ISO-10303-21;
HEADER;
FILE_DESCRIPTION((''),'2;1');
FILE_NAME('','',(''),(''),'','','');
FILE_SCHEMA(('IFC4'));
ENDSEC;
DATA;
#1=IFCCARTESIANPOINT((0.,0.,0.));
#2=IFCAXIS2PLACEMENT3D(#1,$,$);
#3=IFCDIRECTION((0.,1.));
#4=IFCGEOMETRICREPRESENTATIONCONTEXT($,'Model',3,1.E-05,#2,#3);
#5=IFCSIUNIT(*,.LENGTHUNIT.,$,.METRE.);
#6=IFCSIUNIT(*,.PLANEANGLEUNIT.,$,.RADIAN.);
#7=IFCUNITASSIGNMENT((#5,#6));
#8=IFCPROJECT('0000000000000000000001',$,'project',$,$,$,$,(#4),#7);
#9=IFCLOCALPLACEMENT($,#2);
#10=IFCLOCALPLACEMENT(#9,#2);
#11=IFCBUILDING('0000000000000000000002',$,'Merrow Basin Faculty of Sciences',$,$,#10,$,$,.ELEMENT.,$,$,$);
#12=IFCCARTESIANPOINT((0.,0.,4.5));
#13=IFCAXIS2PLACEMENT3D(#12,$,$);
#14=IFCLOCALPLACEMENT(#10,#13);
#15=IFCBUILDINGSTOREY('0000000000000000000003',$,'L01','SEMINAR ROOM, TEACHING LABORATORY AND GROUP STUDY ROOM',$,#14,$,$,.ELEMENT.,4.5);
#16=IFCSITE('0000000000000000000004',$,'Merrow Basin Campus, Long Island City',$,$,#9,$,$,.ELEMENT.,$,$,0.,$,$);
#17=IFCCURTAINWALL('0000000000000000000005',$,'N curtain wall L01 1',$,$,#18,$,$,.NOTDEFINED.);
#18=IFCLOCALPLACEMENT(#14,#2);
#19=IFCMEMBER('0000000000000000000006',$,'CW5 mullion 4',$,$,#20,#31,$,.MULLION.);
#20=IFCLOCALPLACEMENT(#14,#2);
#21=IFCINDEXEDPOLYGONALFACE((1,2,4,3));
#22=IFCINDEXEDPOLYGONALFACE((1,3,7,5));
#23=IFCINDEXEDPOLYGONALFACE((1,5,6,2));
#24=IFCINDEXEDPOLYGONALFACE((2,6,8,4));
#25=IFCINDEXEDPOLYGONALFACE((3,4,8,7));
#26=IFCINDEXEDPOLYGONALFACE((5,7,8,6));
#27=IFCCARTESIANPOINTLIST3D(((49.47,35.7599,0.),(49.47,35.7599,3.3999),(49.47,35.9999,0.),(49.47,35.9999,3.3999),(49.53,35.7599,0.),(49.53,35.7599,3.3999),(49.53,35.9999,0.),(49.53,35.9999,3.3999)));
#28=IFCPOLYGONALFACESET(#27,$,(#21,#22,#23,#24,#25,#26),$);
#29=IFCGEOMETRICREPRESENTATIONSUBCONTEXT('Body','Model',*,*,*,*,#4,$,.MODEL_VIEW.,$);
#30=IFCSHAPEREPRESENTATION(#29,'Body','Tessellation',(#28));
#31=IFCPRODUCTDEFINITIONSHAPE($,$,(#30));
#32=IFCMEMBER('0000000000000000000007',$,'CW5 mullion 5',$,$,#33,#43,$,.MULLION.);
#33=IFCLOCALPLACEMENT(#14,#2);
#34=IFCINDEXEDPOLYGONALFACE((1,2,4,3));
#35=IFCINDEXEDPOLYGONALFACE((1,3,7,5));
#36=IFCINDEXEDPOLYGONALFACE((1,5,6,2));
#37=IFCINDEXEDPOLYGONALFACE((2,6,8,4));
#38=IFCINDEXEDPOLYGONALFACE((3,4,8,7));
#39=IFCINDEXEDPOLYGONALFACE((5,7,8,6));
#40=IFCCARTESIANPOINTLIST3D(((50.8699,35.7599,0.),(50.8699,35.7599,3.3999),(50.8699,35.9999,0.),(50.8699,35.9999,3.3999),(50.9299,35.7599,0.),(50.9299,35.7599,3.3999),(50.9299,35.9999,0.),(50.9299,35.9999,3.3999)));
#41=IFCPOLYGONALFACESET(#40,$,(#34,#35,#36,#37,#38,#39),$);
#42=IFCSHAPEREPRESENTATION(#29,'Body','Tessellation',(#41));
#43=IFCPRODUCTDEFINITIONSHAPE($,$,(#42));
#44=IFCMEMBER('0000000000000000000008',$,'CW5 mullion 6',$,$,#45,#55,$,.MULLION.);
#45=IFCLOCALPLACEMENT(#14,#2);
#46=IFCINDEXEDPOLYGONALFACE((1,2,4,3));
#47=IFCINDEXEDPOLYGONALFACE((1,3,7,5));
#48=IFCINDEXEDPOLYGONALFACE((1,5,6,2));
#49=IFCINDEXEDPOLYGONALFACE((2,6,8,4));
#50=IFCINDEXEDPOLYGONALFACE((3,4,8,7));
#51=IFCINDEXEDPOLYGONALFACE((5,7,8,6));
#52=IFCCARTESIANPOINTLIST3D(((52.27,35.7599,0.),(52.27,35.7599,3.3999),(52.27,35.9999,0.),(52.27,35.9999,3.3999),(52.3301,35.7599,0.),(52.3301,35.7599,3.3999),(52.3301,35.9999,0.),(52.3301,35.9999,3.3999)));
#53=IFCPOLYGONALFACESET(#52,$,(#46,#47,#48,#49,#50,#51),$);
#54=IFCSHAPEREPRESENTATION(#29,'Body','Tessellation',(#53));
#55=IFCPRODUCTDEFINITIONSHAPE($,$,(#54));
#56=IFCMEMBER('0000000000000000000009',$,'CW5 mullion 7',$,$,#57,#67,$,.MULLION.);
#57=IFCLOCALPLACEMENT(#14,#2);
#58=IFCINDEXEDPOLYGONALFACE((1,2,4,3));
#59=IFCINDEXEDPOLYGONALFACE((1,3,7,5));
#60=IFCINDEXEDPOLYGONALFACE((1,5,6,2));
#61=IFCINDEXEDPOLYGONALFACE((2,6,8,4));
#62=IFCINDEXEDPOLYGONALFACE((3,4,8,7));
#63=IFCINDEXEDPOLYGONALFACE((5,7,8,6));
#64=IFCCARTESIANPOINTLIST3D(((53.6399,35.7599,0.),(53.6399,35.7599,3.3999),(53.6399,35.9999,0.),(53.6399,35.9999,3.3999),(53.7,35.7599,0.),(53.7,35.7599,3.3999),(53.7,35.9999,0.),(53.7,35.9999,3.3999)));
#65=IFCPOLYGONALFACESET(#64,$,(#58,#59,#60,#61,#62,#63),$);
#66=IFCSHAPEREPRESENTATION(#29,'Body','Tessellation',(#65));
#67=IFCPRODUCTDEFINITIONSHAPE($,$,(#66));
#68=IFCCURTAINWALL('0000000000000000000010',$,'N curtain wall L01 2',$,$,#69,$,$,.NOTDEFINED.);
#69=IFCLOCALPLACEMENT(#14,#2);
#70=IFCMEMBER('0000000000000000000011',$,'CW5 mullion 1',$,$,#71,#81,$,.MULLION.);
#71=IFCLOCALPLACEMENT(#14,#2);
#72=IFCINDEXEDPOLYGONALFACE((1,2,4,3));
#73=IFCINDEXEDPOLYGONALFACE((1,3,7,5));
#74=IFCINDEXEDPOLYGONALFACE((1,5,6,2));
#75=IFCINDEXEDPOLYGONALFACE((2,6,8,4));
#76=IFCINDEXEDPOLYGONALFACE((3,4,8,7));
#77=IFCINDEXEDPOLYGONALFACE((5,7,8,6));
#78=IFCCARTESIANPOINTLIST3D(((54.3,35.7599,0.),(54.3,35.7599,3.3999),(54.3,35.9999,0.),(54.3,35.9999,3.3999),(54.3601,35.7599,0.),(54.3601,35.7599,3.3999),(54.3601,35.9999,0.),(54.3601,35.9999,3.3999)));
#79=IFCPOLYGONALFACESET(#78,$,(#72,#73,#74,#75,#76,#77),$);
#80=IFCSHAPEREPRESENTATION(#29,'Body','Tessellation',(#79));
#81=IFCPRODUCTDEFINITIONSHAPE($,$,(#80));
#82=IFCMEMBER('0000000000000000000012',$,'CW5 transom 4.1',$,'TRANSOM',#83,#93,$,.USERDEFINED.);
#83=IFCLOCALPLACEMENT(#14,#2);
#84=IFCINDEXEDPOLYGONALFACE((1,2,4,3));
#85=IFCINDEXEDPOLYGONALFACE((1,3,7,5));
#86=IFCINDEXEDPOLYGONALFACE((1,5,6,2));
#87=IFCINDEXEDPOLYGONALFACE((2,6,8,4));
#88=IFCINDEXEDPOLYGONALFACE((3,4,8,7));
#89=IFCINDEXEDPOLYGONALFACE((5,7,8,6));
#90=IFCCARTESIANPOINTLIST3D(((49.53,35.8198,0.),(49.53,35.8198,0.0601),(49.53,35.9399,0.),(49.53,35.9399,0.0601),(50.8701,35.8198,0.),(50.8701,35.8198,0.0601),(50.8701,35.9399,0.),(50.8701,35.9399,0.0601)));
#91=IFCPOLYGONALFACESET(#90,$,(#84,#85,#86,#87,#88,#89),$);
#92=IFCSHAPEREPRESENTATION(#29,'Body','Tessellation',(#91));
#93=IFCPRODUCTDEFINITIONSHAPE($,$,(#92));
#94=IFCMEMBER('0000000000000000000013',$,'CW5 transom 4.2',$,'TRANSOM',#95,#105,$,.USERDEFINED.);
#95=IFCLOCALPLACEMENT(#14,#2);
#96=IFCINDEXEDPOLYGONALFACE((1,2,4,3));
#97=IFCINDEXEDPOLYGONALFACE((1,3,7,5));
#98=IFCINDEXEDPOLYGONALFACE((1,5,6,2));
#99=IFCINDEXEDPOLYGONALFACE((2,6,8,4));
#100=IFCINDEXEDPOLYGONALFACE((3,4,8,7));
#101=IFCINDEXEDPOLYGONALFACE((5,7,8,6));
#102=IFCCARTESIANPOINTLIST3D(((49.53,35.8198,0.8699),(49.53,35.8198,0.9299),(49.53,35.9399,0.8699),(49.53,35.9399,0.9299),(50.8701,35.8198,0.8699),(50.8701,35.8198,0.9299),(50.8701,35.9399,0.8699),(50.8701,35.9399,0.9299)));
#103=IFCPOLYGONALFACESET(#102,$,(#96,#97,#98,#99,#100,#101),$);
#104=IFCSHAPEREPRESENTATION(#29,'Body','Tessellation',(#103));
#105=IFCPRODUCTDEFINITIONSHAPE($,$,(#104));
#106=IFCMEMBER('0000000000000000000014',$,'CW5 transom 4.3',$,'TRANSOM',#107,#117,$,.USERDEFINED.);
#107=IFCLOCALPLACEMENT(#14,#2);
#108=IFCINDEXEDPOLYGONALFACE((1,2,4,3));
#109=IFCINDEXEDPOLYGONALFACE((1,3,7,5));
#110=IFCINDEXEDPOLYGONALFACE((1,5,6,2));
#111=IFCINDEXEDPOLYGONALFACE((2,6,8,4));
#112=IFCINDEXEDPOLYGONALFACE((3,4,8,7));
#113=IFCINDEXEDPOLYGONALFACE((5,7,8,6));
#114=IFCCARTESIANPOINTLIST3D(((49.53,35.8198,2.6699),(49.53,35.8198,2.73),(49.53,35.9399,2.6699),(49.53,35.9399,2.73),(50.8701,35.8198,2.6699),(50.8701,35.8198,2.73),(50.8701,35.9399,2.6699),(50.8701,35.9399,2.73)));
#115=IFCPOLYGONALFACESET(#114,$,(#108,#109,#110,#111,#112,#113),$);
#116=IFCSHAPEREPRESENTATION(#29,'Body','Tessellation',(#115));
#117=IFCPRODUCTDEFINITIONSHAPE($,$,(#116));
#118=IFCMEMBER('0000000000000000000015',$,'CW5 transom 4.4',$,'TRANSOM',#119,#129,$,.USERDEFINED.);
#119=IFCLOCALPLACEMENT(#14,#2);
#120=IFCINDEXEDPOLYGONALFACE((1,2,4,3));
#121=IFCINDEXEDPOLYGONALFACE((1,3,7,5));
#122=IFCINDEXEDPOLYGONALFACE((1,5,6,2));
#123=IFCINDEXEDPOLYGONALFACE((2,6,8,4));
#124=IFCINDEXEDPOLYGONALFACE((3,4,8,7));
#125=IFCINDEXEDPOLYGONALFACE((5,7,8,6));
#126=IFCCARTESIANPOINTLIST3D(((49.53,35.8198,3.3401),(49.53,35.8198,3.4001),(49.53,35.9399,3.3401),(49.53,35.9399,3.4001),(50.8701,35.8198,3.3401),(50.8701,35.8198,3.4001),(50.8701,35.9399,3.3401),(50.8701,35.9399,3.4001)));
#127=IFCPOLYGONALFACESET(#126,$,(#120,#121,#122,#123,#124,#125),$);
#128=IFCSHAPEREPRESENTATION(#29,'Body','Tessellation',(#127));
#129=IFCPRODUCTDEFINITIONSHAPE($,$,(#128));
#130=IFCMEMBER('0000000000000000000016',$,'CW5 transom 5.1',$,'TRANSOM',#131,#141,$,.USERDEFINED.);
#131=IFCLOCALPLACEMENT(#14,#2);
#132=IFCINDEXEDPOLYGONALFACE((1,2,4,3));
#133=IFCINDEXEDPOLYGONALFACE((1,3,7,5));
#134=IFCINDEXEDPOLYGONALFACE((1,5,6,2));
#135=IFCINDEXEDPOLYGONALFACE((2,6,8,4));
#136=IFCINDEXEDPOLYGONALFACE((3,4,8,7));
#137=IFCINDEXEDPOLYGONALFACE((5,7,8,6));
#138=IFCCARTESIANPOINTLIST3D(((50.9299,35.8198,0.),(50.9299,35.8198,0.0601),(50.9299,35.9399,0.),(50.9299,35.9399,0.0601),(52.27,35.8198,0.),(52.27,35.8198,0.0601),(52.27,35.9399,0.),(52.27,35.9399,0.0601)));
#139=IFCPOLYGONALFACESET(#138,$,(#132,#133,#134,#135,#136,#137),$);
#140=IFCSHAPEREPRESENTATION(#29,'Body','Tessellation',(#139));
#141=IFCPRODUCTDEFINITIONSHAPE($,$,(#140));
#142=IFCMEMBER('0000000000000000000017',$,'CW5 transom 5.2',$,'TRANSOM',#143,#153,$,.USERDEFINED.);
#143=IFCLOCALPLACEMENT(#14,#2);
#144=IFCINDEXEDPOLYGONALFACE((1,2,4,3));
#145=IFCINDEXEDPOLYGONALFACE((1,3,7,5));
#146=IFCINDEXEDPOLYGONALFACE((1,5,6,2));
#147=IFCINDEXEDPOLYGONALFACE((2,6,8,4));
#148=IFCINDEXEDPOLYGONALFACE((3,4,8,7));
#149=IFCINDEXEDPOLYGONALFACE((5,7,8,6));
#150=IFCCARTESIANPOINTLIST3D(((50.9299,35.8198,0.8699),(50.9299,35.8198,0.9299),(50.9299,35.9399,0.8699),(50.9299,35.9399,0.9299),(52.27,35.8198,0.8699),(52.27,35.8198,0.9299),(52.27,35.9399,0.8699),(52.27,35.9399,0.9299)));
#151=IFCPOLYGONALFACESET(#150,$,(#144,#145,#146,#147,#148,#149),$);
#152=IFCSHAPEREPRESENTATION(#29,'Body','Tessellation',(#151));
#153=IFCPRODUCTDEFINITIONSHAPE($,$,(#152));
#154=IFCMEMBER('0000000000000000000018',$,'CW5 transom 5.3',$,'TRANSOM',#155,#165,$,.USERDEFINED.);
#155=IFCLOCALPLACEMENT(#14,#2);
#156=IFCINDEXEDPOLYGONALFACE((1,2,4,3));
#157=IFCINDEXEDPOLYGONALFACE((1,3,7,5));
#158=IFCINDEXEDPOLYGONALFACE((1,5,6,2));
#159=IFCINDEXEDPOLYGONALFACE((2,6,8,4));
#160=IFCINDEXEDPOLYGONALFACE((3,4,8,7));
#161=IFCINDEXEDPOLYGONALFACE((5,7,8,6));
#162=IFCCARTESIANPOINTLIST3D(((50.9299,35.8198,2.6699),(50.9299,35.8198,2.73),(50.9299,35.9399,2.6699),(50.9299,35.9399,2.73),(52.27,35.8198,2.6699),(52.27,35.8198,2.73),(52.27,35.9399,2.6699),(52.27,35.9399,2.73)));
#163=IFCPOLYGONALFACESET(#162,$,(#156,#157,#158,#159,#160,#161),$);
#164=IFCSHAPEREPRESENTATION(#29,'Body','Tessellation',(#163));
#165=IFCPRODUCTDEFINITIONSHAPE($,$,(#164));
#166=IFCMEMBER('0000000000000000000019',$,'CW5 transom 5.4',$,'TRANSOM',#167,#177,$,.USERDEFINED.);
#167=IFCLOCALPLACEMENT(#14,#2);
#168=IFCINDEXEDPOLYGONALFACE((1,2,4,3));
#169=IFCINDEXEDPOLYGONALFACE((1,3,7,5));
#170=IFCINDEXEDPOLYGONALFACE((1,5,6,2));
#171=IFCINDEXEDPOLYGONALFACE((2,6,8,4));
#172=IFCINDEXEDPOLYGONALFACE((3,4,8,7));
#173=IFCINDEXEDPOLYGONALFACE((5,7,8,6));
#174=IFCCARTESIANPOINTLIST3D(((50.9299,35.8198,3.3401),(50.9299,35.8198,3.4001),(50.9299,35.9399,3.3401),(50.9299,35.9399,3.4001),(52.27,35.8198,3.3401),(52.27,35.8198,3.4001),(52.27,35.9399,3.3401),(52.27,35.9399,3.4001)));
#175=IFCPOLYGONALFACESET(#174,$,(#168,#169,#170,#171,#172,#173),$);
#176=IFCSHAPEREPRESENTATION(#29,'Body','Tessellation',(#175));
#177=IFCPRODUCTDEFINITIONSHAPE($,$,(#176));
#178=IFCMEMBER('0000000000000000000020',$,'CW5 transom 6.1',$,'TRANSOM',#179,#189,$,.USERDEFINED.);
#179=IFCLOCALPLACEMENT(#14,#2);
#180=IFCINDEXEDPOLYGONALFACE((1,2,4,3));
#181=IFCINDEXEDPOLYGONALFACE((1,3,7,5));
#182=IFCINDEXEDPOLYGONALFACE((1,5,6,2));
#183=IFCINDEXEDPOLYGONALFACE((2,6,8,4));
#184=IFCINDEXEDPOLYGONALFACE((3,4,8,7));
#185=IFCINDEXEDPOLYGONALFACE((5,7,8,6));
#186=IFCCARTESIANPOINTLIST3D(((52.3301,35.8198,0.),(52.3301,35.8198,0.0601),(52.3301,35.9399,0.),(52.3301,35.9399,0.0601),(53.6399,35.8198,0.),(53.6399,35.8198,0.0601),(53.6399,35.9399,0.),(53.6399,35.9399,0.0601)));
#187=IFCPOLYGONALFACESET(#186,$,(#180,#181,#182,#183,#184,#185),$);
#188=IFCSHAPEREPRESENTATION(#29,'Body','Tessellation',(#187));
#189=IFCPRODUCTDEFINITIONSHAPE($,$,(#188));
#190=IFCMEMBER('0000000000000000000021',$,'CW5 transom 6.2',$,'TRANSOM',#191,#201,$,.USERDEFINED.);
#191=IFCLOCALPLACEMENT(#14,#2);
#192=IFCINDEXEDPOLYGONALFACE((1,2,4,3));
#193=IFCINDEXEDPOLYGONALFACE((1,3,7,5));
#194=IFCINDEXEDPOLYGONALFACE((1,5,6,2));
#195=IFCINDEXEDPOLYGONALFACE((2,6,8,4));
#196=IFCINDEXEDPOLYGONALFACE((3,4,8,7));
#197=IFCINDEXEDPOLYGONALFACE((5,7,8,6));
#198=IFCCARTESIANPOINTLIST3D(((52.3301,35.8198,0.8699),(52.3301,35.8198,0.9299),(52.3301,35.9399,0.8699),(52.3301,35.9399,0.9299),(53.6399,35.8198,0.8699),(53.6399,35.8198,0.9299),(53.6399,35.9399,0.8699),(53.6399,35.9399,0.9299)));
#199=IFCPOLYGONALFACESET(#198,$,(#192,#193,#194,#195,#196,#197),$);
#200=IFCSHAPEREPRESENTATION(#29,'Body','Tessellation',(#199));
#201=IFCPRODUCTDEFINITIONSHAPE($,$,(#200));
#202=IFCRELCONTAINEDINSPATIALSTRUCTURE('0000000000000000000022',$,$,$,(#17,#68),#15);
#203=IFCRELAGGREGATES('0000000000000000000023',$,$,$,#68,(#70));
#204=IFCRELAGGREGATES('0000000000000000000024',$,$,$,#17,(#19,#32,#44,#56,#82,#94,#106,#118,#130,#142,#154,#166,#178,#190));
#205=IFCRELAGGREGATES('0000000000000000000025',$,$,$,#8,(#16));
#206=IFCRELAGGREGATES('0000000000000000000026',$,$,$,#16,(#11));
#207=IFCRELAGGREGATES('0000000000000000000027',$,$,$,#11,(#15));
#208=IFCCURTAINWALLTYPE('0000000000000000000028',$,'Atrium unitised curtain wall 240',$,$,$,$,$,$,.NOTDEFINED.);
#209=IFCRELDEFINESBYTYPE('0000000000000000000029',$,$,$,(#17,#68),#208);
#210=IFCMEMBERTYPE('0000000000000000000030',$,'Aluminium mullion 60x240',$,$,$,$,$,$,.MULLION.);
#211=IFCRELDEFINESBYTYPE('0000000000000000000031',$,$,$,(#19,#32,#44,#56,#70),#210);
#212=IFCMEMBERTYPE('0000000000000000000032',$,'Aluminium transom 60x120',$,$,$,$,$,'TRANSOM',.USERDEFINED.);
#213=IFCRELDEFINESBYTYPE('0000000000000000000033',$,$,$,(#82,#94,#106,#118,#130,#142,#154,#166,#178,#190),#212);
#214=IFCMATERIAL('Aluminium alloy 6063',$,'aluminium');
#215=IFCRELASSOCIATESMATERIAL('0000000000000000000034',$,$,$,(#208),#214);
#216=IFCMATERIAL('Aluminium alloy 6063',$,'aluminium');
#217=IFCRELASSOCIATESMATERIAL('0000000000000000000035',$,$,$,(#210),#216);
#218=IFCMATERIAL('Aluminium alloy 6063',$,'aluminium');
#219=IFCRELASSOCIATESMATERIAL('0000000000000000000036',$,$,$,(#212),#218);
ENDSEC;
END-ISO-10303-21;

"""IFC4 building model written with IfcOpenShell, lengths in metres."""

from ifc_helpers import new_model, si_unit, direction, frame, origin, origin_2d, place, context, subcontext, project, spatial, rectangle, extrude, material, material_profile, profile_set, type_object, element, aggregate, save


model = new_model("IFC4")

# Units and contexts
model_context = context("Model", 3, precision=1e-05, world=origin(), true_north=direction((0.0, 1.0)))
body_context = subcontext(model_context, "Body", "Model", "MODEL_VIEW")
ifc_project = project(units=[si_unit("LENGTHUNIT", "METRE"), si_unit("PLANEANGLEUNIT", "RADIAN")], contexts=[model_context])

# Site, building, storey
site_placement = place(None, origin())
site = spatial("IfcSite", under=ifc_project, at=site_placement, Name="Merrow Basin Campus, Long Island City", CompositionType="ELEMENT", RefElevation=0.0)
building_placement = place(site_placement, origin())
building = spatial("IfcBuilding", under=site, at=building_placement, Name="Merrow Basin Faculty of Sciences", CompositionType="ELEMENT")
storey_placement = place(building_placement, frame((0.0, 0.0, 4.5)))
storey = spatial("IfcBuildingStorey", under=building, at=storey_placement, Name="L01", Description="SEMINAR ROOM, TEACHING LABORATORY AND GROUP STUDY ROOM", CompositionType="ELEMENT", Elevation=4.5)

# Curtain wall, members
ifc_material_1 = material(Name="Aluminium alloy 6063", Category="aluminium")
curtain_wall_type = type_object("IfcCurtainWallType", Name="Atrium unitised curtain wall 240", PredefinedType="NOTDEFINED", material=ifc_material_1)
curtain_wall_1_placement = place(storey_placement, origin())
curtain_wall_1 = element("IfcCurtainWall", 1, at=curtain_wall_1_placement, inside=storey, type_object=curtain_wall_type, Name="N curtain wall L01 1", PredefinedType="NOTDEFINED")
ifc_material_2 = material(Name="Aluminium alloy 6063", Category="aluminium")
ifc_material_profile_1 = material_profile(ifc_material_2, rectangle(XDim=0.24, YDim=0.0601, at=origin_2d()))
ifc_profile_set_1 = profile_set([ifc_material_profile_1], Name="Aluminium alloy 6063")
member_type_1 = type_object("IfcMemberType", Name="Aluminium mullion 60x240", PredefinedType="MULLION", material=ifc_profile_set_1)
member_1_placement = place(storey_placement, frame((49.5, 35.8799, 0.0), z_axis=(0.0, 0.0, 1.0), x_axis=(0.0, 1.0, 0.0)))
member_1 = element("IfcMember", 2, at=member_1_placement, type_object=member_type_1, Name="CW5 mullion 4", PredefinedType="MULLION", context=body_context, shape_type="SweptSolid", body=[
    extrude(rectangle(XDim=0.24, YDim=0.0601, at=origin_2d()), origin(), (0.0, 0.0, 1.0), 3.3999),
])
member_2_placement = place(storey_placement, frame((50.8999, 35.8799, 0.0), z_axis=(0.0, 0.0, 1.0), x_axis=(0.0, 1.0, 0.0)))
member_2 = element("IfcMember", 3, at=member_2_placement, type_object=member_type_1, Name="CW5 mullion 5", PredefinedType="MULLION", context=body_context, shape_type="SweptSolid", body=[
    extrude(rectangle(XDim=0.24, YDim=0.0601, at=origin_2d()), origin(), (0.0, 0.0, 1.0), 3.3999),
])
member_3_placement = place(storey_placement, frame((52.3, 35.8799, 0.0), z_axis=(0.0, 0.0, 1.0), x_axis=(0.0, 1.0, 0.0)))
member_3 = element("IfcMember", 4, at=member_3_placement, type_object=member_type_1, Name="CW5 mullion 6", PredefinedType="MULLION", context=body_context, shape_type="SweptSolid", body=[
    extrude(rectangle(XDim=0.24, YDim=0.0601, at=origin_2d()), origin(), (0.0, 0.0, 1.0), 3.3999),
])
member_4_placement = place(storey_placement, frame((53.6699, 35.8799, 0.0), z_axis=(0.0, 0.0, 1.0), x_axis=(0.0, 1.0, 0.0)))
member_4 = element("IfcMember", 5, at=member_4_placement, type_object=member_type_1, Name="CW5 mullion 7", PredefinedType="MULLION", context=body_context, shape_type="SweptSolid", body=[
    extrude(rectangle(XDim=0.24, YDim=0.0601, at=origin_2d()), origin(), (0.0, 0.0, 1.0), 3.3999),
])

# Curtain wall, member
curtain_wall_2_placement = place(storey_placement, origin())
curtain_wall_2 = element("IfcCurtainWall", 6, at=curtain_wall_2_placement, inside=storey, type_object=curtain_wall_type, Name="N curtain wall L01 2", PredefinedType="NOTDEFINED")
member_5_placement = place(storey_placement, frame((54.3301, 35.8799, 0.0), z_axis=(0.0, 0.0, 1.0), x_axis=(0.0, 1.0, 0.0)))
member_5 = element("IfcMember", 7, at=member_5_placement, type_object=member_type_1, Name="CW5 mullion 1", PredefinedType="MULLION", context=body_context, shape_type="SweptSolid", body=[
    extrude(rectangle(XDim=0.24, YDim=0.0601, at=origin_2d()), origin(), (0.0, 0.0, 1.0), 3.3999),
])

# Members
ifc_material_3 = material(Name="Aluminium alloy 6063", Category="aluminium")
ifc_material_profile_2 = material_profile(ifc_material_3, rectangle(XDim=0.1201, YDim=0.0601, at=origin_2d()))
ifc_profile_set_2 = profile_set([ifc_material_profile_2], Name="Aluminium alloy 6063")
member_type_2 = type_object("IfcMemberType", Name="Aluminium transom 60x120", ElementType="TRANSOM", PredefinedType="USERDEFINED", material=ifc_profile_set_2)
member_6_placement = place(storey_placement, frame((49.53, 35.8799, 0.03), z_axis=(1.0, 0.0, 0.0), x_axis=(0.0, 1.0, 0.0)))
member_6 = element("IfcMember", 8, at=member_6_placement, type_object=member_type_2, Name="CW5 transom 4.1", ObjectType="TRANSOM", PredefinedType="USERDEFINED", context=body_context, shape_type="SweptSolid", body=[
    extrude(rectangle(XDim=0.1201, YDim=0.0601, at=origin_2d()), origin(), (0.0, 0.0, 1.0), 1.3401),
])
member_7_placement = place(storey_placement, frame((49.53, 35.8799, 0.8999), z_axis=(1.0, 0.0, 0.0), x_axis=(0.0, 1.0, 0.0)))
member_7 = element("IfcMember", 9, at=member_7_placement, type_object=member_type_2, Name="CW5 transom 4.2", ObjectType="TRANSOM", PredefinedType="USERDEFINED", context=body_context, shape_type="SweptSolid", body=[
    extrude(rectangle(XDim=0.1201, YDim=0.0601, at=origin_2d()), origin(), (0.0, 0.0, 1.0), 1.3401),
])
member_8_placement = place(storey_placement, frame((49.53, 35.8799, 2.7), z_axis=(1.0, 0.0, 0.0), x_axis=(0.0, 1.0, 0.0)))
member_8 = element("IfcMember", 10, at=member_8_placement, type_object=member_type_2, Name="CW5 transom 4.3", ObjectType="TRANSOM", PredefinedType="USERDEFINED", context=body_context, shape_type="SweptSolid", body=[
    extrude(rectangle(XDim=0.1201, YDim=0.0601, at=origin_2d()), origin(), (0.0, 0.0, 1.0), 1.3401),
])
member_9_placement = place(storey_placement, frame((49.53, 35.8799, 3.3701), z_axis=(1.0, 0.0, 0.0), x_axis=(0.0, 1.0, 0.0)))
member_9 = element("IfcMember", 11, at=member_9_placement, type_object=member_type_2, Name="CW5 transom 4.4", ObjectType="TRANSOM", PredefinedType="USERDEFINED", context=body_context, shape_type="SweptSolid", body=[
    extrude(rectangle(XDim=0.1201, YDim=0.0601, at=origin_2d()), origin(), (0.0, 0.0, 1.0), 1.3401),
])
member_10_placement = place(storey_placement, frame((50.9299, 35.8799, 0.03), z_axis=(1.0, 0.0, 0.0), x_axis=(0.0, 1.0, 0.0)))
member_10 = element("IfcMember", 12, at=member_10_placement, type_object=member_type_2, Name="CW5 transom 5.1", ObjectType="TRANSOM", PredefinedType="USERDEFINED", context=body_context, shape_type="SweptSolid", body=[
    extrude(rectangle(XDim=0.1201, YDim=0.0601, at=origin_2d()), origin(), (0.0, 0.0, 1.0), 1.3401),
])
member_11_placement = place(storey_placement, frame((50.9299, 35.8799, 0.8999), z_axis=(1.0, 0.0, 0.0), x_axis=(0.0, 1.0, 0.0)))
member_11 = element("IfcMember", 13, at=member_11_placement, type_object=member_type_2, Name="CW5 transom 5.2", ObjectType="TRANSOM", PredefinedType="USERDEFINED", context=body_context, shape_type="SweptSolid", body=[
    extrude(rectangle(XDim=0.1201, YDim=0.0601, at=origin_2d()), origin(), (0.0, 0.0, 1.0), 1.3401),
])
member_12_placement = place(storey_placement, frame((50.9299, 35.8799, 2.7), z_axis=(1.0, 0.0, 0.0), x_axis=(0.0, 1.0, 0.0)))
member_12 = element("IfcMember", 14, at=member_12_placement, type_object=member_type_2, Name="CW5 transom 5.3", ObjectType="TRANSOM", PredefinedType="USERDEFINED", context=body_context, shape_type="SweptSolid", body=[
    extrude(rectangle(XDim=0.1201, YDim=0.0601, at=origin_2d()), origin(), (0.0, 0.0, 1.0), 1.3401),
])
member_13_placement = place(storey_placement, frame((50.9299, 35.8799, 3.3701), z_axis=(1.0, 0.0, 0.0), x_axis=(0.0, 1.0, 0.0)))
member_13 = element("IfcMember", 15, at=member_13_placement, type_object=member_type_2, Name="CW5 transom 5.4", ObjectType="TRANSOM", PredefinedType="USERDEFINED", context=body_context, shape_type="SweptSolid", body=[
    extrude(rectangle(XDim=0.1201, YDim=0.0601, at=origin_2d()), origin(), (0.0, 0.0, 1.0), 1.3401),
])
member_14_placement = place(storey_placement, frame((52.3301, 35.8799, 0.03), z_axis=(1.0, 0.0, 0.0), x_axis=(0.0, 1.0, 0.0)))
member_14 = element("IfcMember", 16, at=member_14_placement, type_object=member_type_2, Name="CW5 transom 6.1", ObjectType="TRANSOM", PredefinedType="USERDEFINED", context=body_context, shape_type="SweptSolid", body=[
    extrude(rectangle(XDim=0.1201, YDim=0.0601, at=origin_2d()), origin(), (0.0, 0.0, 1.0), 1.3098),
])
member_15_placement = place(storey_placement, frame((52.3301, 35.8799, 0.8999), z_axis=(1.0, 0.0, 0.0), x_axis=(0.0, 1.0, 0.0)))
member_15 = element("IfcMember", 17, at=member_15_placement, type_object=member_type_2, Name="CW5 transom 6.2", ObjectType="TRANSOM", PredefinedType="USERDEFINED", context=body_context, shape_type="SweptSolid", body=[
    extrude(rectangle(XDim=0.1201, YDim=0.0601, at=origin_2d()), origin(), (0.0, 0.0, 1.0), 1.3098),
])
aggregate(curtain_wall_2, [member_5])

aggregate(curtain_wall_1, [member_1, member_2, member_3, member_4, member_6, member_7, member_8, member_9, member_10, member_11, member_12, member_13, member_14, member_15])

save(model, "model.ifc")
